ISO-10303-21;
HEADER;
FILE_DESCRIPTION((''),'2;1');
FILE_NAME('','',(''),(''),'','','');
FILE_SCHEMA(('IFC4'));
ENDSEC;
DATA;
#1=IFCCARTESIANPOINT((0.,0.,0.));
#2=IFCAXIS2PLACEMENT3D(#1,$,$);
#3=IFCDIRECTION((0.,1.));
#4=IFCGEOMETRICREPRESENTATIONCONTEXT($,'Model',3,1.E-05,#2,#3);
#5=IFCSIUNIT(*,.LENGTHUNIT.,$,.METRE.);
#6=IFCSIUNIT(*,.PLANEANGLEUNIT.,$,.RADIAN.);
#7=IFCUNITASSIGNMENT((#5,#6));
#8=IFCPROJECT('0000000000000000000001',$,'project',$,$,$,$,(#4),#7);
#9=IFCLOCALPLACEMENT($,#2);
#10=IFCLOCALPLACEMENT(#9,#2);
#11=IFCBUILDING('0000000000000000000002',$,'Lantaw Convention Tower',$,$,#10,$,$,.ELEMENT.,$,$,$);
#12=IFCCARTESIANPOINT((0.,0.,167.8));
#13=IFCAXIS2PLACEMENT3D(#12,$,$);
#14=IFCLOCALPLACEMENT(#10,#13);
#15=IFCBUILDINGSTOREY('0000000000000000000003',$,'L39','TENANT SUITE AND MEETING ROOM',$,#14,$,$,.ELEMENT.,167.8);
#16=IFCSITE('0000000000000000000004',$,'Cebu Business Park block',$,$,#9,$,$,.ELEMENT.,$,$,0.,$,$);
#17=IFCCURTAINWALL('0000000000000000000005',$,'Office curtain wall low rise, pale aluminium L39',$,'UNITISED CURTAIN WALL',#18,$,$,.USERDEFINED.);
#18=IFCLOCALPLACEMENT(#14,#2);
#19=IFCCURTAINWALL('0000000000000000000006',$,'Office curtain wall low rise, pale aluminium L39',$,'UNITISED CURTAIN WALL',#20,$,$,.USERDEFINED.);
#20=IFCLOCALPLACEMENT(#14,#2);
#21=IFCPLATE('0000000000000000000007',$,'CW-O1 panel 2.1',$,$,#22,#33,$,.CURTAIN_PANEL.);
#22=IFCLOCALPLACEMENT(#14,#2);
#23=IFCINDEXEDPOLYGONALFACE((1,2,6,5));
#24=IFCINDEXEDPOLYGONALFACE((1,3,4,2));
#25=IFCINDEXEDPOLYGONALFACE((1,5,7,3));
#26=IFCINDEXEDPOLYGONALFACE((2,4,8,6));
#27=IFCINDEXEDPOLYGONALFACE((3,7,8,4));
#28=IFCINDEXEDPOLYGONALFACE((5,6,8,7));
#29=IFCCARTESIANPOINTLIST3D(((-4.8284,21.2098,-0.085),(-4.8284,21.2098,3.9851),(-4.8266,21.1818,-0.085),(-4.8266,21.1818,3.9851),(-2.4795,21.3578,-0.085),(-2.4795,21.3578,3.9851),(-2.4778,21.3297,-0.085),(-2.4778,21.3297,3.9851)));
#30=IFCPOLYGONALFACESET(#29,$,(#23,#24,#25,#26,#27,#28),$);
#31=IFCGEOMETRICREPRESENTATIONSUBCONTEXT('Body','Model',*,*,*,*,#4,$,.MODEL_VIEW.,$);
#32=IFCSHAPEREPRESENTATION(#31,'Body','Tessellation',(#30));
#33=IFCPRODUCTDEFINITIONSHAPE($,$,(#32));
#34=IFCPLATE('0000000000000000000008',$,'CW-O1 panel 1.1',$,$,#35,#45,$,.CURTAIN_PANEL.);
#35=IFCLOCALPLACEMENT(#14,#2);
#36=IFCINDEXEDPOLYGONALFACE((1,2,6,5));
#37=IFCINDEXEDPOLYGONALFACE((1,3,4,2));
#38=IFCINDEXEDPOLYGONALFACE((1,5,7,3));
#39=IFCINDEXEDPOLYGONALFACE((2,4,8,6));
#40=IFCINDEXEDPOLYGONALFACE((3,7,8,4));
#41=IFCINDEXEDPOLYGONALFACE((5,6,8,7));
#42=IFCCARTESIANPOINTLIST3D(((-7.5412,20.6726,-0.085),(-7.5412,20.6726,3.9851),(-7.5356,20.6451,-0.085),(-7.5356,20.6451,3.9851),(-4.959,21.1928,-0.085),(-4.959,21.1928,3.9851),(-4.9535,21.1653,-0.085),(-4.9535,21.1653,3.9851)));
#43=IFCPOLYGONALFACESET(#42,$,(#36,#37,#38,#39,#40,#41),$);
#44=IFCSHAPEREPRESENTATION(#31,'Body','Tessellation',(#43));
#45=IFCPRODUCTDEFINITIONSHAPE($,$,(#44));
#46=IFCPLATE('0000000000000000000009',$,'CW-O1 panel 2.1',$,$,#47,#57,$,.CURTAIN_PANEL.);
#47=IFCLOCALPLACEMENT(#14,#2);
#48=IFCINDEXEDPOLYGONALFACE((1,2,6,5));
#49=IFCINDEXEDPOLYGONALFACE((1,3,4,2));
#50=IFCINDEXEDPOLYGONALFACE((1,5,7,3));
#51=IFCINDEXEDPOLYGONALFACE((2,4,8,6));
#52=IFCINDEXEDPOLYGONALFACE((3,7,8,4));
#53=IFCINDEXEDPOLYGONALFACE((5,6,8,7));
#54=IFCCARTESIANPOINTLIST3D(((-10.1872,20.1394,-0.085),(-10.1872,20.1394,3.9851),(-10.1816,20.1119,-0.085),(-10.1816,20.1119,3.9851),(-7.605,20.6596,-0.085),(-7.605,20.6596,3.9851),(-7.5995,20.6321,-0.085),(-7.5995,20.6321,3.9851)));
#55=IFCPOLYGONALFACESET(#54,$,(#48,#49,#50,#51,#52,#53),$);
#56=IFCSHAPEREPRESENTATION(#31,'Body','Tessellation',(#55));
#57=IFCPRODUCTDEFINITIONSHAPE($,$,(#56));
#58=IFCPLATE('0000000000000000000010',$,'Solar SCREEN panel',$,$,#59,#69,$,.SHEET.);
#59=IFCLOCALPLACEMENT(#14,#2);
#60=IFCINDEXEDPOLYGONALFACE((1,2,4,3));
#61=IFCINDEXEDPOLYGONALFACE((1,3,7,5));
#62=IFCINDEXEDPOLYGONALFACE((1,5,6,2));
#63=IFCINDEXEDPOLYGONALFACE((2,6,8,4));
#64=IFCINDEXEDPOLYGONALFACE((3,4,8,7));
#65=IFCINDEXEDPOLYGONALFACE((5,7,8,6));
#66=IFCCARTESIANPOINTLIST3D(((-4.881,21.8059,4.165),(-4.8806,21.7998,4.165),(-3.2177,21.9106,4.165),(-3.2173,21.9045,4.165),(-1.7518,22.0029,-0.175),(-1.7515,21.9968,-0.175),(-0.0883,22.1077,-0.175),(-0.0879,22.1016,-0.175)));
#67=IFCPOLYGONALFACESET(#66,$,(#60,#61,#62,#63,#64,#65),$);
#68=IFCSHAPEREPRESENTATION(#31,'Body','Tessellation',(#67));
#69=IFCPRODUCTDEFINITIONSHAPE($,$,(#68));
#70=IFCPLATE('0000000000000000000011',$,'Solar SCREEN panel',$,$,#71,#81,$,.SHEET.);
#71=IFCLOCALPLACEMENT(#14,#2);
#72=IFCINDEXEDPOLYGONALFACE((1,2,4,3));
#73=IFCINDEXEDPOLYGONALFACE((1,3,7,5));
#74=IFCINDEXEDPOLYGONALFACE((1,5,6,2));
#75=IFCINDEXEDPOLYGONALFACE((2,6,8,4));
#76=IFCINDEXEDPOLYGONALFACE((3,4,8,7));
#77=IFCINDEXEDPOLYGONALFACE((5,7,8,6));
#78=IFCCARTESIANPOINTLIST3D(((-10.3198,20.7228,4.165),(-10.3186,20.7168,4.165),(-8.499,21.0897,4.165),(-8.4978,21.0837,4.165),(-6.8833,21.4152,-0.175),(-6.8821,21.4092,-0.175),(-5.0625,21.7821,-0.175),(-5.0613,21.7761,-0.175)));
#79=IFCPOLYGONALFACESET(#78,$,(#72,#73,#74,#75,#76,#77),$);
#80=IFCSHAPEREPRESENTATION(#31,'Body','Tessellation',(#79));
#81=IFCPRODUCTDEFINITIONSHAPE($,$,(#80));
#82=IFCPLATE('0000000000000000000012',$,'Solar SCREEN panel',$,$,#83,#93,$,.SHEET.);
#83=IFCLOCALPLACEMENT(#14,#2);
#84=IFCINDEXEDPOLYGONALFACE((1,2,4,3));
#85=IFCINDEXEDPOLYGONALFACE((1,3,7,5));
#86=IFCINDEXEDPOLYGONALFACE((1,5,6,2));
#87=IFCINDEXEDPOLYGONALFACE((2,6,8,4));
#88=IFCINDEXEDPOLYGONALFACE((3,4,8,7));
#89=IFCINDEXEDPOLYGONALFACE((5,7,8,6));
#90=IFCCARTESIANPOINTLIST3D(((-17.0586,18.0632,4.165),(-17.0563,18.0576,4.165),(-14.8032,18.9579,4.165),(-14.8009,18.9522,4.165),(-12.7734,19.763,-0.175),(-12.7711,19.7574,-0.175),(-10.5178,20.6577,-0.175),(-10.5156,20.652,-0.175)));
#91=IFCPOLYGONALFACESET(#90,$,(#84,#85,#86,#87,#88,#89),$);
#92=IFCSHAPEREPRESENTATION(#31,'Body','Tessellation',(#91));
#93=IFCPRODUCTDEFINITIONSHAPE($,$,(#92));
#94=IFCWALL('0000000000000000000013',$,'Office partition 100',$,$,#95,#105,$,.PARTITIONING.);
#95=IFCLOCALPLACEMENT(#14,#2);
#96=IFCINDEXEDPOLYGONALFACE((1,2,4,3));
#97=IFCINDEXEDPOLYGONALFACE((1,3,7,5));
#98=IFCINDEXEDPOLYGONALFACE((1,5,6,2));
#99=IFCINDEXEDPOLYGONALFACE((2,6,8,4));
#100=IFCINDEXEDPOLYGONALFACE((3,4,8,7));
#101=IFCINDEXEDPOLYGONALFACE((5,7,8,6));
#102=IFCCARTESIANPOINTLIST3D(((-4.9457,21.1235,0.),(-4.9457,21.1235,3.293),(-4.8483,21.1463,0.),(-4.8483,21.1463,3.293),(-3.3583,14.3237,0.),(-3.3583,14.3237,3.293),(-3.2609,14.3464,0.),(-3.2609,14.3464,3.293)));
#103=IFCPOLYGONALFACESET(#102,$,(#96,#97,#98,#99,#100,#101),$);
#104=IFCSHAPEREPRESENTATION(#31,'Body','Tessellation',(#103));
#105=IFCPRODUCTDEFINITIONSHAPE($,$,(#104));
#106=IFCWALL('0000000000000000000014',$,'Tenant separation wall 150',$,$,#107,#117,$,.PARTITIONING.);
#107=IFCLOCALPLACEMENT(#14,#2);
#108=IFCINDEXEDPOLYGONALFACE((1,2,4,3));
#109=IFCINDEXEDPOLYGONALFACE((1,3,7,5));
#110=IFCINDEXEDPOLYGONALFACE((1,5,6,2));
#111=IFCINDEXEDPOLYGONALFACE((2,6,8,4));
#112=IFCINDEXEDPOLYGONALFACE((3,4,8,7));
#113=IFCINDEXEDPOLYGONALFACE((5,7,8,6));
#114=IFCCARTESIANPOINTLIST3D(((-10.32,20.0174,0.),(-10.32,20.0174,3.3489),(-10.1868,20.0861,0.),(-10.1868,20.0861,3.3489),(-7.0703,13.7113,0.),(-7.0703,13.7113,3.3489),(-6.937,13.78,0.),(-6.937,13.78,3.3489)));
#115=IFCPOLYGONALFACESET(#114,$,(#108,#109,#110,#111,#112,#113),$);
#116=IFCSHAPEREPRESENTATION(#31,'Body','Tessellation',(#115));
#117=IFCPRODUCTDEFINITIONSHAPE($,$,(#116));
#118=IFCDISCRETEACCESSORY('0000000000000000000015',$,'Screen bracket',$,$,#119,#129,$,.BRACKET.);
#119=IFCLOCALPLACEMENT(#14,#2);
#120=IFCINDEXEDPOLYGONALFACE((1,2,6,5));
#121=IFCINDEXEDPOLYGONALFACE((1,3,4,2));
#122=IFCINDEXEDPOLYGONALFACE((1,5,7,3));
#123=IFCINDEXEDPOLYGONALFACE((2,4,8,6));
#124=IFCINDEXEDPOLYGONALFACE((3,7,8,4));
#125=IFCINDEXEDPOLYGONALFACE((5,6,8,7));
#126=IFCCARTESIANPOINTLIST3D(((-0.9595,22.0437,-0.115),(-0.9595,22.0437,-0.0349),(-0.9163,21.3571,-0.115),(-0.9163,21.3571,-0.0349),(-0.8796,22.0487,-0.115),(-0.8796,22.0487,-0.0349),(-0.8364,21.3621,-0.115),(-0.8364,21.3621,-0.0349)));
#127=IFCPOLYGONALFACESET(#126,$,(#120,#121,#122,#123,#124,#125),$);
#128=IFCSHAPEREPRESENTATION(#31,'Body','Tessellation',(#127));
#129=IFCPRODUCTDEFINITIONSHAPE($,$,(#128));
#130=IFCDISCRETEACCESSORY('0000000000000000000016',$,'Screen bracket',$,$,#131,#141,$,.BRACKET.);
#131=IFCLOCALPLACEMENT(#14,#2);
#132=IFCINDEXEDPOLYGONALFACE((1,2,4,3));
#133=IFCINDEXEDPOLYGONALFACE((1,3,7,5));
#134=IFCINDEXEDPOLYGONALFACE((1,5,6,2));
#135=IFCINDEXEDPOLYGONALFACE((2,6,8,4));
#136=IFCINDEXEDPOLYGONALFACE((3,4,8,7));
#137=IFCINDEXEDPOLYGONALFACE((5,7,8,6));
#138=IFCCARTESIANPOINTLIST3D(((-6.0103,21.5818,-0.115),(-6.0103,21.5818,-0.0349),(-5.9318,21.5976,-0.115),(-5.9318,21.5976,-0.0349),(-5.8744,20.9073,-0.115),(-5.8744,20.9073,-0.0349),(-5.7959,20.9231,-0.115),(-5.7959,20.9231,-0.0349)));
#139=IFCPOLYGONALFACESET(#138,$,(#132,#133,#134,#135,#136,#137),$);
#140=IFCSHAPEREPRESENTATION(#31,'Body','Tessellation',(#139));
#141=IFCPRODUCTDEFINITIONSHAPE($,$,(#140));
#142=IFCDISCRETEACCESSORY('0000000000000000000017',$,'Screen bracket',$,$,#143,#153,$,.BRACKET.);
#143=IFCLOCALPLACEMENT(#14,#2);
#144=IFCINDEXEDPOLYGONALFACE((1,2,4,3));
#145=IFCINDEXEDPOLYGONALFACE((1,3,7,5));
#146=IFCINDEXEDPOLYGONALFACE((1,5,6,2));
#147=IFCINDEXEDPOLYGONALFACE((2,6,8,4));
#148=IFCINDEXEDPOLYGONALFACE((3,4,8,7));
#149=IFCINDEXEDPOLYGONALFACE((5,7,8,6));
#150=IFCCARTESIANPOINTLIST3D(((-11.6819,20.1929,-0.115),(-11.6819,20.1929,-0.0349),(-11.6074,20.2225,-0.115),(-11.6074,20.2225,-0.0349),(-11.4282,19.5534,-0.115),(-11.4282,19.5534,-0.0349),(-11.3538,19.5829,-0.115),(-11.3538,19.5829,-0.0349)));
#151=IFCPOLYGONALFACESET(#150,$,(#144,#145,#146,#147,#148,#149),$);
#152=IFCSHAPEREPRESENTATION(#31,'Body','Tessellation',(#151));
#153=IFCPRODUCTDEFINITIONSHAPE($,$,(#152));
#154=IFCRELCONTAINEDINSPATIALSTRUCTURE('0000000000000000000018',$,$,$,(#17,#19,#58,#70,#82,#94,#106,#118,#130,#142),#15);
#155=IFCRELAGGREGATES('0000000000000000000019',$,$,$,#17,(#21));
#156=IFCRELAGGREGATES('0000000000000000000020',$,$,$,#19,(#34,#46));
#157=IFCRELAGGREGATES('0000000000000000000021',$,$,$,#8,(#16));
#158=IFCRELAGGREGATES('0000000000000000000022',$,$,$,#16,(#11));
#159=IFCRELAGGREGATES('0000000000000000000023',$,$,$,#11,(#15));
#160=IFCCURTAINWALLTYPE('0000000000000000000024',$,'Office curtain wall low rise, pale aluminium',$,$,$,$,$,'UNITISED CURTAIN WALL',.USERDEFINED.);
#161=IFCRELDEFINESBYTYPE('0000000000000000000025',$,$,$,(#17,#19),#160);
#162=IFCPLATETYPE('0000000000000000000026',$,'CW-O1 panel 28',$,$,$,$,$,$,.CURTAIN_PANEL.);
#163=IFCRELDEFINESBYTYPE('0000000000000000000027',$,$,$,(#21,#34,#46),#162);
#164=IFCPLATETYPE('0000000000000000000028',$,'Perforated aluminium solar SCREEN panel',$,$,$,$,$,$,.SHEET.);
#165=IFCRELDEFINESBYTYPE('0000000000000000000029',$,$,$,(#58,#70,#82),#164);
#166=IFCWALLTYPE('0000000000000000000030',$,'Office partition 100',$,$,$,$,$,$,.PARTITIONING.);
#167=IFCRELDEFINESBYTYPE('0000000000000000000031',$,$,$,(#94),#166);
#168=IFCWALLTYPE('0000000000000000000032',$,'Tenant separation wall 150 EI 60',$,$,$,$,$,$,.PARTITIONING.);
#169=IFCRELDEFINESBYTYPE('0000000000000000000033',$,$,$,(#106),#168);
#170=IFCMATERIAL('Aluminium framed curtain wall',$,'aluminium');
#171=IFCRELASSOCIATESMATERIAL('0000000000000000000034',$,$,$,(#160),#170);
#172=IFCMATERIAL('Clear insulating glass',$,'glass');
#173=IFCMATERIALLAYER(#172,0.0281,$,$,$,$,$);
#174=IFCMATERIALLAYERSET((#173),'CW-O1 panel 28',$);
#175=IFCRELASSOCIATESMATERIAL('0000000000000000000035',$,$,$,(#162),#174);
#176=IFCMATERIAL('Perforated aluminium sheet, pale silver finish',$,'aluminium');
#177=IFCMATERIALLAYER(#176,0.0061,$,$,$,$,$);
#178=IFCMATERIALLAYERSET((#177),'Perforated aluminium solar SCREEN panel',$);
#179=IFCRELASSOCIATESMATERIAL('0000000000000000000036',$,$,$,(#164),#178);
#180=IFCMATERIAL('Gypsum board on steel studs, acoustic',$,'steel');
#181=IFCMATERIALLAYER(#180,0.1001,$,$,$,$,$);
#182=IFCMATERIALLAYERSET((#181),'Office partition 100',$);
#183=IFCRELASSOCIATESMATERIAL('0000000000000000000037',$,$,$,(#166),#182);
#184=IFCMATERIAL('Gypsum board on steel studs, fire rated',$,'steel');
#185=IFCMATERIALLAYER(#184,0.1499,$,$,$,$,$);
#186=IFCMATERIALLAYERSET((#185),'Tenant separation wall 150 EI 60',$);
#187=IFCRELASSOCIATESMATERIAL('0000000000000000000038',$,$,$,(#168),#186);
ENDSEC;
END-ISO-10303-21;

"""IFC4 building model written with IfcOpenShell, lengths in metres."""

from ifc_helpers import new_model, si_unit, direction, frame, frame_2d, origin, origin_2d, place, context, subcontext, project, spatial, polyline, rectangle, outline, extrude, material, layer, layer_set, type_object, element, aggregate, save


model = new_model("IFC4")

# Units and contexts
model_context = context("Model", 3, precision=1e-05, world=origin(), true_north=direction((0.0, 1.0)))
body_context = subcontext(model_context, "Body", "Model", "MODEL_VIEW")
ifc_project = project(units=[si_unit("LENGTHUNIT", "METRE"), si_unit("PLANEANGLEUNIT", "RADIAN")], contexts=[model_context])

# Site, building, storey
site_placement = place(None, origin())
site = spatial("IfcSite", under=ifc_project, at=site_placement, Name="Cebu Business Park block", CompositionType="ELEMENT", RefElevation=0.0)
building_placement = place(site_placement, origin())
building = spatial("IfcBuilding", under=site, at=building_placement, Name="Lantaw Convention Tower", CompositionType="ELEMENT")
storey_placement = place(building_placement, frame((0.0, 0.0, 167.8)))
storey = spatial("IfcBuildingStorey", under=building, at=storey_placement, Name="L39", Description="TENANT SUITE AND MEETING ROOM", CompositionType="ELEMENT", Elevation=167.8)

# Curtain walls
ifc_material_1 = material(Name="Aluminium framed curtain wall", Category="aluminium")
curtain_wall_type = type_object("IfcCurtainWallType", Name="Office curtain wall low rise, pale aluminium", ElementType="UNITISED CURTAIN WALL", PredefinedType="USERDEFINED", material=ifc_material_1)
curtain_wall_1_placement = place(storey_placement, origin())
curtain_wall_1 = element("IfcCurtainWall", 1, at=curtain_wall_1_placement, inside=storey, type_object=curtain_wall_type, Name="Office curtain wall low rise, pale aluminium L39", ObjectType="UNITISED CURTAIN WALL", PredefinedType="USERDEFINED")
curtain_wall_2_placement = place(storey_placement, origin())
curtain_wall_2 = element("IfcCurtainWall", 2, at=curtain_wall_2_placement, inside=storey, type_object=curtain_wall_type, Name="Office curtain wall low rise, pale aluminium L39", ObjectType="UNITISED CURTAIN WALL", PredefinedType="USERDEFINED")

# Plates
ifc_material_2 = material(Name="Clear insulating glass", Category="glass")
ifc_layer_1 = layer(ifc_material_2, 0.0281)
ifc_layer_set_1 = layer_set([ifc_layer_1], Name="CW-O1 panel 28")
plate_type_1 = type_object("IfcPlateType", Name="CW-O1 panel 28", PredefinedType="CURTAIN_PANEL", material=ifc_layer_set_1)
plate_1_placement = place(storey_placement, frame((-3.6531, 21.2698, -0.085), z_axis=(0.0, 0.0, 1.0), x_axis=(-0.998022, -0.062865, 0.0)))
plate_1 = element("IfcPlate", 3, at=plate_1_placement, type_object=plate_type_1, Name="CW-O1 panel 2.1", PredefinedType="CURTAIN_PANEL", context=body_context, shape_type="SweptSolid", body=[
    extrude(rectangle(XDim=2.3535, YDim=0.0281, at=origin_2d()), origin(), (0.0, 0.0, 1.0), 4.0701),
])
aggregate(curtain_wall_1, [plate_1])
plate_2_placement = place(storey_placement, frame((-6.2473, 20.9189, -0.085), z_axis=(0.0, 0.0, 1.0), x_axis=(-0.980302, -0.197507, 0.0)))
plate_2 = element("IfcPlate", 4, at=plate_2_placement, type_object=plate_type_1, Name="CW-O1 panel 1.1", PredefinedType="CURTAIN_PANEL", context=body_context, shape_type="SweptSolid", body=[
    extrude(rectangle(XDim=2.634, YDim=0.0281, at=origin_2d()), origin(), (0.0, 0.0, 1.0), 4.0701),
])
plate_3_placement = place(storey_placement, frame((-8.8933, 20.3857, -0.085), z_axis=(0.0, 0.0, 1.0), x_axis=(-0.980302, -0.197507, 0.0)))
plate_3 = element("IfcPlate", 5, at=plate_3_placement, type_object=plate_type_1, Name="CW-O1 panel 2.1", PredefinedType="CURTAIN_PANEL", context=body_context, shape_type="SweptSolid", body=[
    extrude(rectangle(XDim=2.634, YDim=0.0281, at=origin_2d()), origin(), (0.0, 0.0, 1.0), 4.0701),
])
aggregate(curtain_wall_2, [plate_2, plate_3])

# Plates
ifc_material_3 = material(Name="Perforated aluminium sheet, pale silver finish", Category="aluminium")
ifc_layer_2 = layer(ifc_material_3, 0.0061)
ifc_layer_set_2 = layer_set([ifc_layer_2], Name="Perforated aluminium solar SCREEN panel")
plate_type_2 = type_object("IfcPlateType", Name="Perforated aluminium solar SCREEN panel", PredefinedType="SHEET", material=ifc_layer_set_2)
plate_4_placement = place(storey_placement, frame((-0.0879, 22.1016, -0.175), z_axis=(0.062839, -0.998024, 0.000002), x_axis=(-0.998024, -0.062839, 0.0)))
element("IfcPlate", 6, at=plate_4_placement, inside=storey, type_object=plate_type_2, Name="Solar SCREEN panel", PredefinedType="SHEET", context=body_context, shape_type="SweptSolid", body=[
    extrude(outline(polyline([(0.0, 0.0), (1.6669, 0.0), (4.8022, -4.3401), (3.1356, -4.3401), (0.0, 0.0)])), origin(), (0.0, 0.0, -1.0), 0.0061),
])
plate_5_placement = place(storey_placement, frame((-5.0613, 21.7761, -0.175), z_axis=(0.197557, -0.980291, 0.000039), x_axis=(-0.980291, -0.197557, 0.0)))
element("IfcPlate", 7, at=plate_5_placement, inside=storey, type_object=plate_type_2, Name="Solar SCREEN panel", PredefinedType="SHEET", context=body_context, shape_type="SweptSolid", body=[
    extrude(outline(polyline([(0.0, 0.0), (1.8574, 0.0), (5.363, -4.3401), (3.5056, -4.3401), (0.0, 0.0)])), origin(), (0.0, 0.0, -1.0), 0.0061),
])
plate_6_placement = place(storey_placement, frame((-10.5178, 20.6577, -0.175), z_axis=(-0.368709, 0.929545, 0.000011), x_axis=(-0.929545, -0.368709, 0.0)))
element("IfcPlate", 8, at=plate_6_placement, inside=storey, type_object=plate_type_2, Name="Solar SCREEN panel", PredefinedType="SHEET", context=body_context, shape_type="SweptSolid", body=[
    extrude(outline(polyline([(0.0, 0.0), (2.4265, 0.0), (7.0365, 4.3401), (4.6102, 4.3401), (0.0, 0.0)])), origin(), (0.0, 0.0, -1.0), 0.0061),
])

# Walls
ifc_material_4 = material(Name="Gypsum board on steel studs, acoustic", Category="steel")
ifc_layer_3 = layer(ifc_material_4, 0.1001)
ifc_layer_set_3 = layer_set([ifc_layer_3], Name="Office partition 100")
wall_type_1 = type_object("IfcWallType", Name="Office partition 100", PredefinedType="PARTITIONING", material=ifc_layer_set_3)
wall_1_placement = place(storey_placement, frame((-4.897, 21.1348, 0.0), z_axis=(0.0, 0.0, 1.0), x_axis=(0.227336, -0.973816, 0.0)))
element("IfcWall", 9, at=wall_1_placement, inside=storey, type_object=wall_type_1, Name="Office partition 100", PredefinedType="PARTITIONING", context=body_context, shape_type="SweptSolid", body=[
    extrude(rectangle(XDim=6.9827, YDim=0.1001, at=frame_2d((3.4912, 0.0))), origin(), (0.0, 0.0, 1.0), 3.293),
])
ifc_material_5 = material(Name="Gypsum board on steel studs, fire rated", Category="steel")
ifc_layer_4 = layer(ifc_material_5, 0.1499)
ifc_layer_set_4 = layer_set([ifc_layer_4], Name="Tenant separation wall 150 EI 60")
wall_type_2 = type_object("IfcWallType", Name="Tenant separation wall 150 EI 60", PredefinedType="PARTITIONING", material=ifc_layer_set_4)
wall_2_placement = place(storey_placement, frame((-10.2534, 20.0518, 0.0), z_axis=(0.0, 0.0, 1.0), x_axis=(0.458083, -0.88891, 0.0)))
element("IfcWall", 10, at=wall_2_placement, inside=storey, type_object=wall_type_2, Name="Tenant separation wall 150", PredefinedType="PARTITIONING", context=body_context, shape_type="SweptSolid", body=[
    extrude(rectangle(XDim=7.0942, YDim=0.1499, at=frame_2d((3.5471, 0.0))), origin(), (0.0, 0.0, 1.0), 3.3489),
])

# Discrete accessories
for number, where, z_axis, x_axis, name in (
    (11, (-0.8979, 21.7029, -0.115), (0.0, 0.0, 1.0), (-0.998022, -0.062865, 0.0), "Screen bracket"),
    (12, (-5.9031, 21.2524, -0.115), (0.0, 0.0, 1.0), (-0.980302, -0.197507, 0.0), "Screen bracket"),
    (13, (-11.5178, 19.8879, -0.115), (0.0, 0.0, 1.0), (-0.929548, -0.368702, 0.0), "Screen bracket"),
):
    element("IfcDiscreteAccessory", number, at=place(storey_placement, frame(where, z_axis=z_axis, x_axis=x_axis)), inside=storey, Name=name, PredefinedType="BRACKET", context=body_context, shape_type="SweptSolid", body=[
        extrude(rectangle(XDim=0.0801, YDim=0.688, at=origin_2d()), origin(), (0.0, 0.0, 1.0), 0.0801),
    ])

save(model, "model.ifc")
